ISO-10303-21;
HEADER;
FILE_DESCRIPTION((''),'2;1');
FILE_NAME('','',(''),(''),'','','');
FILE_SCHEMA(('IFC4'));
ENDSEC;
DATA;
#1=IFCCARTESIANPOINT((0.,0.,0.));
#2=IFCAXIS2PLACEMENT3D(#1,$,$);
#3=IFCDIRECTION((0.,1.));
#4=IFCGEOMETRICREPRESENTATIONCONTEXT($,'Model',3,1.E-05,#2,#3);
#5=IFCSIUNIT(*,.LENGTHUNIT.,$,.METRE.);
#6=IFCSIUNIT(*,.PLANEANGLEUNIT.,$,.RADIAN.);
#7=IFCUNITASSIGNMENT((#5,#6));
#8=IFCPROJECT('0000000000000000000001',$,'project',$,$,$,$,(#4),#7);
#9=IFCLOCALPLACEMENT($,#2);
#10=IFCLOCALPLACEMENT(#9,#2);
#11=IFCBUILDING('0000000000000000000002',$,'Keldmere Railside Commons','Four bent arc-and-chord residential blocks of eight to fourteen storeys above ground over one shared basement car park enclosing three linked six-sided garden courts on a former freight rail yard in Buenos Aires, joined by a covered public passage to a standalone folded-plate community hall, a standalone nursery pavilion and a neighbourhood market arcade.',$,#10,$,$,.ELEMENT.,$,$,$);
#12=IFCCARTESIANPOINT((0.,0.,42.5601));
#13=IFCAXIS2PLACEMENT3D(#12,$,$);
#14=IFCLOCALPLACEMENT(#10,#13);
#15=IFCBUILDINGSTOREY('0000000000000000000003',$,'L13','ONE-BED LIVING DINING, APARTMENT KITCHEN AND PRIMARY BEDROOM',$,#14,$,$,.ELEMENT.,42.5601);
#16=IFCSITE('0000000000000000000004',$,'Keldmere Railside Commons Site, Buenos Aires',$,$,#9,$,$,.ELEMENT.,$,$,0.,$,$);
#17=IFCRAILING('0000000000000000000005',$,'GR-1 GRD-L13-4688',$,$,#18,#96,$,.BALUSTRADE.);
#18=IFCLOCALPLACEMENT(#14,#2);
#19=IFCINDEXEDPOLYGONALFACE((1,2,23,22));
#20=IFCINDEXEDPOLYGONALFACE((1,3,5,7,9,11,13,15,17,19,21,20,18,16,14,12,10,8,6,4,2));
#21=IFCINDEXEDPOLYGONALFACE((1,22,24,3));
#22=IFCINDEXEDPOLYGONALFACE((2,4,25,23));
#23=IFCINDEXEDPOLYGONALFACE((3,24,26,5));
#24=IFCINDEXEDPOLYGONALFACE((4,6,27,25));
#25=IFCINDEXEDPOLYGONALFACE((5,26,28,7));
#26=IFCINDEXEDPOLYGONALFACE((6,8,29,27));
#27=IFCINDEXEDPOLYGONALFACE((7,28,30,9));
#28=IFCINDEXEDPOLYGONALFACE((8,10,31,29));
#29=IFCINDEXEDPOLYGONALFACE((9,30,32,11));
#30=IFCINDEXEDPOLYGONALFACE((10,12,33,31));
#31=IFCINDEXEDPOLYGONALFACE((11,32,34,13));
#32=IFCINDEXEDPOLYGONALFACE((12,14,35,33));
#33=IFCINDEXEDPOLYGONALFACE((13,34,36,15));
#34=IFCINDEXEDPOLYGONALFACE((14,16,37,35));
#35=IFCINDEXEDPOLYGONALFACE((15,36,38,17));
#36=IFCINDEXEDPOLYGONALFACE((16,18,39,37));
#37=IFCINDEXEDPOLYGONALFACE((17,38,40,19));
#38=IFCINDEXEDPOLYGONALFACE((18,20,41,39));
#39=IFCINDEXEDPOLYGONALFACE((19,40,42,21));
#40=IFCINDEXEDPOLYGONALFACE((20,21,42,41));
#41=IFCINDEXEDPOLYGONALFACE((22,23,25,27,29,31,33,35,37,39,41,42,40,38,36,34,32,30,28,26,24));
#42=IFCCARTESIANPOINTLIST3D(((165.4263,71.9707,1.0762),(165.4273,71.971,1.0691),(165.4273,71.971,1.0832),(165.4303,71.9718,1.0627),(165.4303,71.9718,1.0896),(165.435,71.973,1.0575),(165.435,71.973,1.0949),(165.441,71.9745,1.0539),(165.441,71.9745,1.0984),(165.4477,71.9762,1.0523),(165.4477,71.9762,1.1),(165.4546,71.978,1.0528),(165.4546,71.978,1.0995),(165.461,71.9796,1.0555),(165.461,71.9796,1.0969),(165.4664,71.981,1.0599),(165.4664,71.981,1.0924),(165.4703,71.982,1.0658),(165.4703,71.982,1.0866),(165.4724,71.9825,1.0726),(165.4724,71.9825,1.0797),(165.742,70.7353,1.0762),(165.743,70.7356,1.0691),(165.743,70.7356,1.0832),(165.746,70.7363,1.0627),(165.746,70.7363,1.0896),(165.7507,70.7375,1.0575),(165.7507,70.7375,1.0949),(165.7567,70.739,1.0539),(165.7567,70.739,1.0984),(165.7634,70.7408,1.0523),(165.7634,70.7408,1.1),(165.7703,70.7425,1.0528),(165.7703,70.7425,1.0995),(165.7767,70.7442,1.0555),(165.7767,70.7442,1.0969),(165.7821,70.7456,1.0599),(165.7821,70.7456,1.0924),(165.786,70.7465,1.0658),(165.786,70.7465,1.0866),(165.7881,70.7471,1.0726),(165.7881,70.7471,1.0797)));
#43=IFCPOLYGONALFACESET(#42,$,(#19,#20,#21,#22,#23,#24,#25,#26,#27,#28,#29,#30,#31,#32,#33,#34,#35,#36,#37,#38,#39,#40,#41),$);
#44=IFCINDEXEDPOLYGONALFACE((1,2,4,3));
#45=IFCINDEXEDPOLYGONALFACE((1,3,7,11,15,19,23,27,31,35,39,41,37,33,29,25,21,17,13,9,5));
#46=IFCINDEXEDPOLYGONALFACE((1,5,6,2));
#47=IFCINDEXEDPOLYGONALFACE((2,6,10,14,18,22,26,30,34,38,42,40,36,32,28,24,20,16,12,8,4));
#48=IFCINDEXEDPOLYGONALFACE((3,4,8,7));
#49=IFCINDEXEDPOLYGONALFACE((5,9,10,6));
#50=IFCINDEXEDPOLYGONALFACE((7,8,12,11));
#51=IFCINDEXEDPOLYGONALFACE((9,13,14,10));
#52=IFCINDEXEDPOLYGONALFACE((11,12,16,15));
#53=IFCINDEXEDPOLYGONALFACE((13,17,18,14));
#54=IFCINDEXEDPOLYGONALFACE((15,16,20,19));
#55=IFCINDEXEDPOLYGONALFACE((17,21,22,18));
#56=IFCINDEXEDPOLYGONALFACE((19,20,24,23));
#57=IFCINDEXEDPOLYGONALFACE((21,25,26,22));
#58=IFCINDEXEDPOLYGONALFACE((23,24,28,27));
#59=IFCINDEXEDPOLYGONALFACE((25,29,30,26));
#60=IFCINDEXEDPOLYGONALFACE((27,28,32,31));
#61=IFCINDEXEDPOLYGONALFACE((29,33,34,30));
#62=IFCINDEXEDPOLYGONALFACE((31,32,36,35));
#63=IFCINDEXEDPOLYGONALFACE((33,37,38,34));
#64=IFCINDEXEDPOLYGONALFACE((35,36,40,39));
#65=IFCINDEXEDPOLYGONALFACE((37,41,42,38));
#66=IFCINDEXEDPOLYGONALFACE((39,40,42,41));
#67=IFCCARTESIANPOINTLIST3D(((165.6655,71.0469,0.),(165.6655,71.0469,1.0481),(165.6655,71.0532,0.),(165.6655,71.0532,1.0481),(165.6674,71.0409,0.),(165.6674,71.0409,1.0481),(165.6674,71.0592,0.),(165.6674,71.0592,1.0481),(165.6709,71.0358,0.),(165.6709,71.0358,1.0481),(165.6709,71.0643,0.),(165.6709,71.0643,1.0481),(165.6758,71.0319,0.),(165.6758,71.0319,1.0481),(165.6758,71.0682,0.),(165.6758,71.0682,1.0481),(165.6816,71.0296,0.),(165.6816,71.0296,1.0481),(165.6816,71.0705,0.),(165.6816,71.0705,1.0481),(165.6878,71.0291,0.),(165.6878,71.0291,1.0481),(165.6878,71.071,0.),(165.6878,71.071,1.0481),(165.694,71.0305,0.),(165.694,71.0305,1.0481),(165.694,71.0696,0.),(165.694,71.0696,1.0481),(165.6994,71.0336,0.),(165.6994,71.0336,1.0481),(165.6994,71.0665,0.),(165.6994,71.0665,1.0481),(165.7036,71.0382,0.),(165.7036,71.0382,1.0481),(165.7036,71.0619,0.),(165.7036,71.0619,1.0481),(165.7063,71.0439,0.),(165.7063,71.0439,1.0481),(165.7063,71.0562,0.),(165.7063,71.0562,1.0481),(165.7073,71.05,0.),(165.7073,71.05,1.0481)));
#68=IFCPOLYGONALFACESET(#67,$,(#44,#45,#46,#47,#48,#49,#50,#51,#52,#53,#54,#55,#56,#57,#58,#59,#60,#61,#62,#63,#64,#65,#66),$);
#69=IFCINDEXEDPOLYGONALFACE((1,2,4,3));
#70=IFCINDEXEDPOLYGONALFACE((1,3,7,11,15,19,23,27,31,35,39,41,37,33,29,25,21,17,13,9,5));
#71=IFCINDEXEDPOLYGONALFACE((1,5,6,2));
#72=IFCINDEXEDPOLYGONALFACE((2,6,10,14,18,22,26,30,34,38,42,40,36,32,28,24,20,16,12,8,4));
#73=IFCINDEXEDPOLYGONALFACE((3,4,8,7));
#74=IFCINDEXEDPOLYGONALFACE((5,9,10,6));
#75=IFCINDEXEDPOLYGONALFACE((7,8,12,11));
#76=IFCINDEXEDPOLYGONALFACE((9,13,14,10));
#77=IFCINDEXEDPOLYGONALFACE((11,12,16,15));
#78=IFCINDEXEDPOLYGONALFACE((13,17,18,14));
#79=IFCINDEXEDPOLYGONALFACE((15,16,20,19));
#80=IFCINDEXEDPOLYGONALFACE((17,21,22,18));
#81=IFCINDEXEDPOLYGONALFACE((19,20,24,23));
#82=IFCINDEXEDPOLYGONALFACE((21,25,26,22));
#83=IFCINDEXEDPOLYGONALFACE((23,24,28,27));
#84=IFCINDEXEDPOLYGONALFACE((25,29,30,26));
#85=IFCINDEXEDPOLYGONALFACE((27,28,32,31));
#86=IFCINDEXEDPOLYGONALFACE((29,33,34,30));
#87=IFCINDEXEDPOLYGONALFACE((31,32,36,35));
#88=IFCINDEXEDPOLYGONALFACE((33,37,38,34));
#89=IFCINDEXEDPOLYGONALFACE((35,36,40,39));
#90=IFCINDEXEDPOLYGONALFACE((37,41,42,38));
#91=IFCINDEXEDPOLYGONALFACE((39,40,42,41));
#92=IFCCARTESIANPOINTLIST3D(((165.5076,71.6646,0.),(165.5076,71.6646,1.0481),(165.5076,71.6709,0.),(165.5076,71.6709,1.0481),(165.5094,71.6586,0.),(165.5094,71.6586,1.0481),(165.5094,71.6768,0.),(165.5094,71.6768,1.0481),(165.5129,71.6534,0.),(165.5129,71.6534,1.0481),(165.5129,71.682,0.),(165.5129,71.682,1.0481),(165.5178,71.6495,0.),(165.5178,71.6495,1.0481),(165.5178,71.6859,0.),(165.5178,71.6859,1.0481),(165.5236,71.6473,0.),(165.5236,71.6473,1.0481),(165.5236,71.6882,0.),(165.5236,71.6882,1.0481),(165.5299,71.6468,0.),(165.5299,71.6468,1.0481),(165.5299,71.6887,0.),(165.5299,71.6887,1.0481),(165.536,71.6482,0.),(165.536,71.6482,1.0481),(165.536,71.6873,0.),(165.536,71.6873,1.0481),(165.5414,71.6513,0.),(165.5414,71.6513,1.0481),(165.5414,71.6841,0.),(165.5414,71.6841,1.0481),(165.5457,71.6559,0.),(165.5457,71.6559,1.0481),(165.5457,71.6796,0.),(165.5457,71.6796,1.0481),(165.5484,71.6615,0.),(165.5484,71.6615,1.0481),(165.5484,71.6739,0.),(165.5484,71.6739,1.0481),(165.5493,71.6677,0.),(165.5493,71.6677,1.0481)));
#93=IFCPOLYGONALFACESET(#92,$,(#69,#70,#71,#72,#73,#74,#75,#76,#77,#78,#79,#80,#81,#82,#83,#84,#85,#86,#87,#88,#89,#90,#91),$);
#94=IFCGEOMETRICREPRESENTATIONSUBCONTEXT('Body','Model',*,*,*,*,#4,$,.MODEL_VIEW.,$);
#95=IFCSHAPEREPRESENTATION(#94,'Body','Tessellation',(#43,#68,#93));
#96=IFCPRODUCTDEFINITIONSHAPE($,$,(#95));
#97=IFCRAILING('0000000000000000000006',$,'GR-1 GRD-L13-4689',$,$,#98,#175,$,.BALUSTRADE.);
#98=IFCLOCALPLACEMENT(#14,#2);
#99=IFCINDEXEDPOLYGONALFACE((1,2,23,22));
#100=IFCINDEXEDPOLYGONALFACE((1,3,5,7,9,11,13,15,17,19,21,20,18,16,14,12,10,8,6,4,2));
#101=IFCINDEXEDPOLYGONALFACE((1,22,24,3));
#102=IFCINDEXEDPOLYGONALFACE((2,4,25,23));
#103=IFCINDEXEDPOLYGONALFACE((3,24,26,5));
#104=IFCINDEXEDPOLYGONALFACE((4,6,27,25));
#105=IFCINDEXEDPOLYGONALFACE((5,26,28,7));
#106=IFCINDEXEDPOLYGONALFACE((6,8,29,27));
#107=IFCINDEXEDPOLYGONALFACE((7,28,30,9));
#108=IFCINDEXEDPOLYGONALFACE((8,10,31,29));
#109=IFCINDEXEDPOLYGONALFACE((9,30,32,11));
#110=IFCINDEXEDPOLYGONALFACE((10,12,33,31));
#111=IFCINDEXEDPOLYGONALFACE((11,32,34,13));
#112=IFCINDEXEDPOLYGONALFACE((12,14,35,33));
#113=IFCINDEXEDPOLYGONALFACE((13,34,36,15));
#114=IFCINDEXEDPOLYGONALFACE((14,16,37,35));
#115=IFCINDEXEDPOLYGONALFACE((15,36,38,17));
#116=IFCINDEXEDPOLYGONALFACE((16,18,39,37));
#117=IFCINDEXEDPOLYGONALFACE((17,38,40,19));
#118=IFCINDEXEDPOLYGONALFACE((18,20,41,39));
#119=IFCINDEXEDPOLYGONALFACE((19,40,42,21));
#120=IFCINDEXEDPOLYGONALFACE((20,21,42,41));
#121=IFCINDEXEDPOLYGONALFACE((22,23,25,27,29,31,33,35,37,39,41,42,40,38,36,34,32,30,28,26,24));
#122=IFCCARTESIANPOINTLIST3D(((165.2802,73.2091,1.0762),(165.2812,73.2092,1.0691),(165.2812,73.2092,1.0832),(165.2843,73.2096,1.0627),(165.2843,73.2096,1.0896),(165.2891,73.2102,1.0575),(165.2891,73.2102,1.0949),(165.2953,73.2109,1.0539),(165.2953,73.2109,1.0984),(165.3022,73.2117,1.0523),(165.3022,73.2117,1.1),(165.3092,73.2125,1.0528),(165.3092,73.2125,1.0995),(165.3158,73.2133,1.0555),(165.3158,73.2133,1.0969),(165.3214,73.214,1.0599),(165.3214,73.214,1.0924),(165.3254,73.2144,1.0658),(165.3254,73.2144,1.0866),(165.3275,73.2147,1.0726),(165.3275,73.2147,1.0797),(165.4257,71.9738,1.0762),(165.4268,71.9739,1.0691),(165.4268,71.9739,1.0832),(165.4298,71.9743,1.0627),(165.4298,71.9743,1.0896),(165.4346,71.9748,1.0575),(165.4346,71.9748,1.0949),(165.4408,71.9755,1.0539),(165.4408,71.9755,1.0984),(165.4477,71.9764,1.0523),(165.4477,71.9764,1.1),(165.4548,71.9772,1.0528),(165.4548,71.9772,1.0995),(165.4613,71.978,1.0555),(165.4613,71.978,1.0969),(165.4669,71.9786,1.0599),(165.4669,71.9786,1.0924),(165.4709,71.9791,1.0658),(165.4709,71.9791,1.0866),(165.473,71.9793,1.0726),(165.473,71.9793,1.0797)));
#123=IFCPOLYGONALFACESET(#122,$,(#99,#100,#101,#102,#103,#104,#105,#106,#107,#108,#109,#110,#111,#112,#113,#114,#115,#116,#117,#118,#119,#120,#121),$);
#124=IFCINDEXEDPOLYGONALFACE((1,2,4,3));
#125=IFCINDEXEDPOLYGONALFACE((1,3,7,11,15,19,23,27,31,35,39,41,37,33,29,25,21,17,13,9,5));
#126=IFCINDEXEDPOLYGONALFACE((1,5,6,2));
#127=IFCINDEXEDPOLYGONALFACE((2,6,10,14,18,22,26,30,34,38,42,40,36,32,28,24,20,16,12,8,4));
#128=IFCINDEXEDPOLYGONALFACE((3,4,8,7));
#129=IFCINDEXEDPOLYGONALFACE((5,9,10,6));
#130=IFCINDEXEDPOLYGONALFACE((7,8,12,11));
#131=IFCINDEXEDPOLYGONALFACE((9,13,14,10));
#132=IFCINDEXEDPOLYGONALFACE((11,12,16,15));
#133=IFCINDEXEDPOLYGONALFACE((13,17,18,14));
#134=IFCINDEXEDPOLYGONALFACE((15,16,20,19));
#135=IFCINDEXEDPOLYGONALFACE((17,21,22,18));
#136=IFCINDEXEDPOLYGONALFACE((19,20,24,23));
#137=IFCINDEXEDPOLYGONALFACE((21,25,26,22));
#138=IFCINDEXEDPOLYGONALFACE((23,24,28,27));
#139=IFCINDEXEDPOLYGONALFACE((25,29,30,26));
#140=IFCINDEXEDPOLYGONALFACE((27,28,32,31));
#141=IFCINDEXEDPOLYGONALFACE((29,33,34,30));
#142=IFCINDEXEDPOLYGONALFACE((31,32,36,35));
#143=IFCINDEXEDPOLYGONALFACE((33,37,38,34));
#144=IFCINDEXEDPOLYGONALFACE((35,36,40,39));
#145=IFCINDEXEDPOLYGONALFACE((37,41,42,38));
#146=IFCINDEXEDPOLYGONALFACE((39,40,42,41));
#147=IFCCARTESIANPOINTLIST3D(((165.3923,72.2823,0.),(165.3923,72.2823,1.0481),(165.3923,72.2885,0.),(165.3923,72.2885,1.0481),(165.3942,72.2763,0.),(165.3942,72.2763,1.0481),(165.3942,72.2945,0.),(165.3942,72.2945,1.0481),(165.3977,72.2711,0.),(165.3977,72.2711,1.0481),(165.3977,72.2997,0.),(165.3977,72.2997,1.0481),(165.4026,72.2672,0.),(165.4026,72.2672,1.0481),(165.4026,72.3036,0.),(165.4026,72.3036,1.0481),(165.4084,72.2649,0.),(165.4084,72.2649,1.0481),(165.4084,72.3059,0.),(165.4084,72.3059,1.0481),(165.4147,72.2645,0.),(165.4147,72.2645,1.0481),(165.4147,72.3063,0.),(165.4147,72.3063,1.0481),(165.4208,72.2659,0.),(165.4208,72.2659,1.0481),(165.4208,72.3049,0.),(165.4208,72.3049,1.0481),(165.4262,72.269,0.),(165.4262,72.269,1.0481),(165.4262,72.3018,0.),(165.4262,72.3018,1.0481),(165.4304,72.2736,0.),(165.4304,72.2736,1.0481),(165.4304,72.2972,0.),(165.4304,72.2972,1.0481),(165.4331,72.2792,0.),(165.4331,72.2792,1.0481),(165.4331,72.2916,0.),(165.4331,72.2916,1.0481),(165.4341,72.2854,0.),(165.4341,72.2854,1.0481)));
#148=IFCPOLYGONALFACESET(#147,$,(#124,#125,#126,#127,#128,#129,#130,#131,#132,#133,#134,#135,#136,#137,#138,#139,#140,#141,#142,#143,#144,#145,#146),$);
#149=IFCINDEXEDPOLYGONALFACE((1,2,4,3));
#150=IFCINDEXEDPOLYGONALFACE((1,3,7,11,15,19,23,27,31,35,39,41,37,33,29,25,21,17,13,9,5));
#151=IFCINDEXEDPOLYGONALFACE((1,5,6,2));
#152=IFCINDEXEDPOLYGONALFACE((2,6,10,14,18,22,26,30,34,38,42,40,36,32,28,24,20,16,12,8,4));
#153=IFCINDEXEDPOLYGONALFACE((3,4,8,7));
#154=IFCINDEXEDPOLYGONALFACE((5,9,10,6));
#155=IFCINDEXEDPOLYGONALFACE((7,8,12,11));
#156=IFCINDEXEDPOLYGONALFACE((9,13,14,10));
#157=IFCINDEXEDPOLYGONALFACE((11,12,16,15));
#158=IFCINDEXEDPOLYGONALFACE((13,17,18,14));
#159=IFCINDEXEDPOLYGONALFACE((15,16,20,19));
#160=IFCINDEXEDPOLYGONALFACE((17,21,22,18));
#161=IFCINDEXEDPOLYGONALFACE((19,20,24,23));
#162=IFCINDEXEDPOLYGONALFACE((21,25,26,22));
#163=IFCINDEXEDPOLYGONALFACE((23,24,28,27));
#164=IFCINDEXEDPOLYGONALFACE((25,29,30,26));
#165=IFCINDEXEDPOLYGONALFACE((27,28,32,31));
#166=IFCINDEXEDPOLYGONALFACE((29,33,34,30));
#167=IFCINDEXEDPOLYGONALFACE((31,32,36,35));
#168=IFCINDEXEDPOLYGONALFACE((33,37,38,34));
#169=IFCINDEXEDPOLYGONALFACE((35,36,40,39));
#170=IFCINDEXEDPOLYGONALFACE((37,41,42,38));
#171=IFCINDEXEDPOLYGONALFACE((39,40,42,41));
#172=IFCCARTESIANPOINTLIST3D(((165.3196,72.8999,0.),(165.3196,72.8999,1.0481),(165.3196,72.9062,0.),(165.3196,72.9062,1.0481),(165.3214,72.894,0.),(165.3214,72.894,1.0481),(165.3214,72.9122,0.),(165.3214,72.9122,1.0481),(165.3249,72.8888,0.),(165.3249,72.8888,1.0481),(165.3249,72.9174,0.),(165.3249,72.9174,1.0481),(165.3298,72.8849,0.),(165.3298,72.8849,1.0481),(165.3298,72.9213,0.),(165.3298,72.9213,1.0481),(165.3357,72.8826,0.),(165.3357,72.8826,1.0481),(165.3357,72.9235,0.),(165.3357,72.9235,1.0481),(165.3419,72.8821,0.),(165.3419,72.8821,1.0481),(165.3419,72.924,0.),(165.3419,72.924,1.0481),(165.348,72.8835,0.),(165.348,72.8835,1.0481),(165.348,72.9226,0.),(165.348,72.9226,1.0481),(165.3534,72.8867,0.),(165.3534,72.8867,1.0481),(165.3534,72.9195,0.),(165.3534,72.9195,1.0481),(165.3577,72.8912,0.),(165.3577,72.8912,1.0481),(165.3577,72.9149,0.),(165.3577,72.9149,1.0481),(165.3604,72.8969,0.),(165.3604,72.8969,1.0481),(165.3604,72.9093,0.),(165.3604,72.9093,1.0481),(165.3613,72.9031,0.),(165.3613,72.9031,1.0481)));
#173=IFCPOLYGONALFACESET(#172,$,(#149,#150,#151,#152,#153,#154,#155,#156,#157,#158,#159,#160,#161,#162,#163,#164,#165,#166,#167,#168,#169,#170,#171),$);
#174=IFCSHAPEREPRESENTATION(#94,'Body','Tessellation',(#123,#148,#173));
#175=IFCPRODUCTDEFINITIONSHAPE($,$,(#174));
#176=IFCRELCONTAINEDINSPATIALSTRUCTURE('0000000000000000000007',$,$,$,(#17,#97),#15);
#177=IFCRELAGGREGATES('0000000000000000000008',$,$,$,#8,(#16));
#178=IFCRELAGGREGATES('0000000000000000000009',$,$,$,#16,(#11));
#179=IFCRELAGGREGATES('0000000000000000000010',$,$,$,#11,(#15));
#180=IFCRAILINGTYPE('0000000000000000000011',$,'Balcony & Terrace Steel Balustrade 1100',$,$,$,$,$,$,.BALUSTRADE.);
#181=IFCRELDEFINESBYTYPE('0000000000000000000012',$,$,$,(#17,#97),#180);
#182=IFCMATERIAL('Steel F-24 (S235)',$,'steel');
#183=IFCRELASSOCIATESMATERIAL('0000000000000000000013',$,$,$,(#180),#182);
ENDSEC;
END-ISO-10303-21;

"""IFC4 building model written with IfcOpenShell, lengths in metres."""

from ifc_helpers import new_model, si_unit, direction, frame, origin, origin_2d, place, context, subcontext, project, spatial, circle, extrude, material, type_object, element, save


model = new_model("IFC4")

# Units and contexts
model_context = context("Model", 3, precision=1e-05, world=origin(), true_north=direction((0.0, 1.0)))
body_context = subcontext(model_context, "Body", "Model", "MODEL_VIEW")
ifc_project = project(units=[si_unit("LENGTHUNIT", "METRE"), si_unit("PLANEANGLEUNIT", "RADIAN")], contexts=[model_context])

# Site, building, storey
site_placement = place(None, origin())
site = spatial("IfcSite", under=ifc_project, at=site_placement, Name="Keldmere Railside Commons Site, Buenos Aires", CompositionType="ELEMENT", RefElevation=0.0)
building_placement = place(site_placement, origin())
building = spatial("IfcBuilding", under=site, at=building_placement, Name="Keldmere Railside Commons", Description="Four bent arc-and-chord residential blocks of eight to fourteen storeys above ground over one shared basement car park enclosing three linked six-sided garden courts on a former freight rail yard in Buenos Aires, joined by a covered public passage to a standalone folded-plate community hall, a standalone nursery pavilion and a neighbourhood market arcade.", CompositionType="ELEMENT")
storey_placement = place(building_placement, frame((0.0, 0.0, 42.5601)))
storey = spatial("IfcBuildingStorey", under=building, at=storey_placement, Name="L13", Description="ONE-BED LIVING DINING, APARTMENT KITCHEN AND PRIMARY BEDROOM", CompositionType="ELEMENT", Elevation=42.5601)

# Railings
ifc_material_1 = material(Name="Steel F-24 (S235)", Category="steel")
railing_type = type_object("IfcRailingType", Name="Balcony & Terrace Steel Balustrade 1100", PredefinedType="BALUSTRADE", material=ifc_material_1)
railing_1_placement = place(storey_placement, frame((165.7651, 70.7412, 0.0)))
element("IfcRailing", 1, at=railing_1_placement, inside=storey, type_object=railing_type, Name="GR-1 GRD-L13-4688", PredefinedType="BALUSTRADE", context=body_context, shape_type="SweptSolid", body=[
    extrude(circle(Radius=0.0239, at=origin_2d()), frame((0.0, 0.0, 1.0762), z_axis=(-0.247578, 0.968868, 0.0), x_axis=(-0.968868, -0.247578, 0.0)), (0.0, 0.0, 1.0), 1.2751),
    extrude(circle(Radius=0.021, at=origin_2d()), frame((-0.0789, 0.3088, 0.0)), (0.0, 0.0, 1.0), 1.0481),
    extrude(circle(Radius=0.021, at=origin_2d()), frame((-0.2368, 0.9265, 0.0)), (0.0, 0.0, 1.0), 1.0481),
])
railing_2_placement = place(storey_placement, frame((165.4495, 71.9766, 0.0)))
element("IfcRailing", 2, at=railing_2_placement, inside=storey, type_object=railing_type, Name="GR-1 GRD-L13-4689", PredefinedType="BALUSTRADE", context=body_context, shape_type="SweptSolid", body=[
    extrude(circle(Radius=0.0239, at=origin_2d()), frame((0.0, 0.0, 1.0762), z_axis=(-0.116978, 0.993135, 0.0), x_axis=(-0.993135, -0.116978, 0.0)), (0.0, 0.0, 1.0), 1.2439),
    extrude(circle(Radius=0.021, at=origin_2d()), frame((-0.0364, 0.3088, 0.0)), (0.0, 0.0, 1.0), 1.0481),
    extrude(circle(Radius=0.021, at=origin_2d()), frame((-0.1091, 0.9265, 0.0)), (0.0, 0.0, 1.0), 1.0481),
])

save(model, "model.ifc")
